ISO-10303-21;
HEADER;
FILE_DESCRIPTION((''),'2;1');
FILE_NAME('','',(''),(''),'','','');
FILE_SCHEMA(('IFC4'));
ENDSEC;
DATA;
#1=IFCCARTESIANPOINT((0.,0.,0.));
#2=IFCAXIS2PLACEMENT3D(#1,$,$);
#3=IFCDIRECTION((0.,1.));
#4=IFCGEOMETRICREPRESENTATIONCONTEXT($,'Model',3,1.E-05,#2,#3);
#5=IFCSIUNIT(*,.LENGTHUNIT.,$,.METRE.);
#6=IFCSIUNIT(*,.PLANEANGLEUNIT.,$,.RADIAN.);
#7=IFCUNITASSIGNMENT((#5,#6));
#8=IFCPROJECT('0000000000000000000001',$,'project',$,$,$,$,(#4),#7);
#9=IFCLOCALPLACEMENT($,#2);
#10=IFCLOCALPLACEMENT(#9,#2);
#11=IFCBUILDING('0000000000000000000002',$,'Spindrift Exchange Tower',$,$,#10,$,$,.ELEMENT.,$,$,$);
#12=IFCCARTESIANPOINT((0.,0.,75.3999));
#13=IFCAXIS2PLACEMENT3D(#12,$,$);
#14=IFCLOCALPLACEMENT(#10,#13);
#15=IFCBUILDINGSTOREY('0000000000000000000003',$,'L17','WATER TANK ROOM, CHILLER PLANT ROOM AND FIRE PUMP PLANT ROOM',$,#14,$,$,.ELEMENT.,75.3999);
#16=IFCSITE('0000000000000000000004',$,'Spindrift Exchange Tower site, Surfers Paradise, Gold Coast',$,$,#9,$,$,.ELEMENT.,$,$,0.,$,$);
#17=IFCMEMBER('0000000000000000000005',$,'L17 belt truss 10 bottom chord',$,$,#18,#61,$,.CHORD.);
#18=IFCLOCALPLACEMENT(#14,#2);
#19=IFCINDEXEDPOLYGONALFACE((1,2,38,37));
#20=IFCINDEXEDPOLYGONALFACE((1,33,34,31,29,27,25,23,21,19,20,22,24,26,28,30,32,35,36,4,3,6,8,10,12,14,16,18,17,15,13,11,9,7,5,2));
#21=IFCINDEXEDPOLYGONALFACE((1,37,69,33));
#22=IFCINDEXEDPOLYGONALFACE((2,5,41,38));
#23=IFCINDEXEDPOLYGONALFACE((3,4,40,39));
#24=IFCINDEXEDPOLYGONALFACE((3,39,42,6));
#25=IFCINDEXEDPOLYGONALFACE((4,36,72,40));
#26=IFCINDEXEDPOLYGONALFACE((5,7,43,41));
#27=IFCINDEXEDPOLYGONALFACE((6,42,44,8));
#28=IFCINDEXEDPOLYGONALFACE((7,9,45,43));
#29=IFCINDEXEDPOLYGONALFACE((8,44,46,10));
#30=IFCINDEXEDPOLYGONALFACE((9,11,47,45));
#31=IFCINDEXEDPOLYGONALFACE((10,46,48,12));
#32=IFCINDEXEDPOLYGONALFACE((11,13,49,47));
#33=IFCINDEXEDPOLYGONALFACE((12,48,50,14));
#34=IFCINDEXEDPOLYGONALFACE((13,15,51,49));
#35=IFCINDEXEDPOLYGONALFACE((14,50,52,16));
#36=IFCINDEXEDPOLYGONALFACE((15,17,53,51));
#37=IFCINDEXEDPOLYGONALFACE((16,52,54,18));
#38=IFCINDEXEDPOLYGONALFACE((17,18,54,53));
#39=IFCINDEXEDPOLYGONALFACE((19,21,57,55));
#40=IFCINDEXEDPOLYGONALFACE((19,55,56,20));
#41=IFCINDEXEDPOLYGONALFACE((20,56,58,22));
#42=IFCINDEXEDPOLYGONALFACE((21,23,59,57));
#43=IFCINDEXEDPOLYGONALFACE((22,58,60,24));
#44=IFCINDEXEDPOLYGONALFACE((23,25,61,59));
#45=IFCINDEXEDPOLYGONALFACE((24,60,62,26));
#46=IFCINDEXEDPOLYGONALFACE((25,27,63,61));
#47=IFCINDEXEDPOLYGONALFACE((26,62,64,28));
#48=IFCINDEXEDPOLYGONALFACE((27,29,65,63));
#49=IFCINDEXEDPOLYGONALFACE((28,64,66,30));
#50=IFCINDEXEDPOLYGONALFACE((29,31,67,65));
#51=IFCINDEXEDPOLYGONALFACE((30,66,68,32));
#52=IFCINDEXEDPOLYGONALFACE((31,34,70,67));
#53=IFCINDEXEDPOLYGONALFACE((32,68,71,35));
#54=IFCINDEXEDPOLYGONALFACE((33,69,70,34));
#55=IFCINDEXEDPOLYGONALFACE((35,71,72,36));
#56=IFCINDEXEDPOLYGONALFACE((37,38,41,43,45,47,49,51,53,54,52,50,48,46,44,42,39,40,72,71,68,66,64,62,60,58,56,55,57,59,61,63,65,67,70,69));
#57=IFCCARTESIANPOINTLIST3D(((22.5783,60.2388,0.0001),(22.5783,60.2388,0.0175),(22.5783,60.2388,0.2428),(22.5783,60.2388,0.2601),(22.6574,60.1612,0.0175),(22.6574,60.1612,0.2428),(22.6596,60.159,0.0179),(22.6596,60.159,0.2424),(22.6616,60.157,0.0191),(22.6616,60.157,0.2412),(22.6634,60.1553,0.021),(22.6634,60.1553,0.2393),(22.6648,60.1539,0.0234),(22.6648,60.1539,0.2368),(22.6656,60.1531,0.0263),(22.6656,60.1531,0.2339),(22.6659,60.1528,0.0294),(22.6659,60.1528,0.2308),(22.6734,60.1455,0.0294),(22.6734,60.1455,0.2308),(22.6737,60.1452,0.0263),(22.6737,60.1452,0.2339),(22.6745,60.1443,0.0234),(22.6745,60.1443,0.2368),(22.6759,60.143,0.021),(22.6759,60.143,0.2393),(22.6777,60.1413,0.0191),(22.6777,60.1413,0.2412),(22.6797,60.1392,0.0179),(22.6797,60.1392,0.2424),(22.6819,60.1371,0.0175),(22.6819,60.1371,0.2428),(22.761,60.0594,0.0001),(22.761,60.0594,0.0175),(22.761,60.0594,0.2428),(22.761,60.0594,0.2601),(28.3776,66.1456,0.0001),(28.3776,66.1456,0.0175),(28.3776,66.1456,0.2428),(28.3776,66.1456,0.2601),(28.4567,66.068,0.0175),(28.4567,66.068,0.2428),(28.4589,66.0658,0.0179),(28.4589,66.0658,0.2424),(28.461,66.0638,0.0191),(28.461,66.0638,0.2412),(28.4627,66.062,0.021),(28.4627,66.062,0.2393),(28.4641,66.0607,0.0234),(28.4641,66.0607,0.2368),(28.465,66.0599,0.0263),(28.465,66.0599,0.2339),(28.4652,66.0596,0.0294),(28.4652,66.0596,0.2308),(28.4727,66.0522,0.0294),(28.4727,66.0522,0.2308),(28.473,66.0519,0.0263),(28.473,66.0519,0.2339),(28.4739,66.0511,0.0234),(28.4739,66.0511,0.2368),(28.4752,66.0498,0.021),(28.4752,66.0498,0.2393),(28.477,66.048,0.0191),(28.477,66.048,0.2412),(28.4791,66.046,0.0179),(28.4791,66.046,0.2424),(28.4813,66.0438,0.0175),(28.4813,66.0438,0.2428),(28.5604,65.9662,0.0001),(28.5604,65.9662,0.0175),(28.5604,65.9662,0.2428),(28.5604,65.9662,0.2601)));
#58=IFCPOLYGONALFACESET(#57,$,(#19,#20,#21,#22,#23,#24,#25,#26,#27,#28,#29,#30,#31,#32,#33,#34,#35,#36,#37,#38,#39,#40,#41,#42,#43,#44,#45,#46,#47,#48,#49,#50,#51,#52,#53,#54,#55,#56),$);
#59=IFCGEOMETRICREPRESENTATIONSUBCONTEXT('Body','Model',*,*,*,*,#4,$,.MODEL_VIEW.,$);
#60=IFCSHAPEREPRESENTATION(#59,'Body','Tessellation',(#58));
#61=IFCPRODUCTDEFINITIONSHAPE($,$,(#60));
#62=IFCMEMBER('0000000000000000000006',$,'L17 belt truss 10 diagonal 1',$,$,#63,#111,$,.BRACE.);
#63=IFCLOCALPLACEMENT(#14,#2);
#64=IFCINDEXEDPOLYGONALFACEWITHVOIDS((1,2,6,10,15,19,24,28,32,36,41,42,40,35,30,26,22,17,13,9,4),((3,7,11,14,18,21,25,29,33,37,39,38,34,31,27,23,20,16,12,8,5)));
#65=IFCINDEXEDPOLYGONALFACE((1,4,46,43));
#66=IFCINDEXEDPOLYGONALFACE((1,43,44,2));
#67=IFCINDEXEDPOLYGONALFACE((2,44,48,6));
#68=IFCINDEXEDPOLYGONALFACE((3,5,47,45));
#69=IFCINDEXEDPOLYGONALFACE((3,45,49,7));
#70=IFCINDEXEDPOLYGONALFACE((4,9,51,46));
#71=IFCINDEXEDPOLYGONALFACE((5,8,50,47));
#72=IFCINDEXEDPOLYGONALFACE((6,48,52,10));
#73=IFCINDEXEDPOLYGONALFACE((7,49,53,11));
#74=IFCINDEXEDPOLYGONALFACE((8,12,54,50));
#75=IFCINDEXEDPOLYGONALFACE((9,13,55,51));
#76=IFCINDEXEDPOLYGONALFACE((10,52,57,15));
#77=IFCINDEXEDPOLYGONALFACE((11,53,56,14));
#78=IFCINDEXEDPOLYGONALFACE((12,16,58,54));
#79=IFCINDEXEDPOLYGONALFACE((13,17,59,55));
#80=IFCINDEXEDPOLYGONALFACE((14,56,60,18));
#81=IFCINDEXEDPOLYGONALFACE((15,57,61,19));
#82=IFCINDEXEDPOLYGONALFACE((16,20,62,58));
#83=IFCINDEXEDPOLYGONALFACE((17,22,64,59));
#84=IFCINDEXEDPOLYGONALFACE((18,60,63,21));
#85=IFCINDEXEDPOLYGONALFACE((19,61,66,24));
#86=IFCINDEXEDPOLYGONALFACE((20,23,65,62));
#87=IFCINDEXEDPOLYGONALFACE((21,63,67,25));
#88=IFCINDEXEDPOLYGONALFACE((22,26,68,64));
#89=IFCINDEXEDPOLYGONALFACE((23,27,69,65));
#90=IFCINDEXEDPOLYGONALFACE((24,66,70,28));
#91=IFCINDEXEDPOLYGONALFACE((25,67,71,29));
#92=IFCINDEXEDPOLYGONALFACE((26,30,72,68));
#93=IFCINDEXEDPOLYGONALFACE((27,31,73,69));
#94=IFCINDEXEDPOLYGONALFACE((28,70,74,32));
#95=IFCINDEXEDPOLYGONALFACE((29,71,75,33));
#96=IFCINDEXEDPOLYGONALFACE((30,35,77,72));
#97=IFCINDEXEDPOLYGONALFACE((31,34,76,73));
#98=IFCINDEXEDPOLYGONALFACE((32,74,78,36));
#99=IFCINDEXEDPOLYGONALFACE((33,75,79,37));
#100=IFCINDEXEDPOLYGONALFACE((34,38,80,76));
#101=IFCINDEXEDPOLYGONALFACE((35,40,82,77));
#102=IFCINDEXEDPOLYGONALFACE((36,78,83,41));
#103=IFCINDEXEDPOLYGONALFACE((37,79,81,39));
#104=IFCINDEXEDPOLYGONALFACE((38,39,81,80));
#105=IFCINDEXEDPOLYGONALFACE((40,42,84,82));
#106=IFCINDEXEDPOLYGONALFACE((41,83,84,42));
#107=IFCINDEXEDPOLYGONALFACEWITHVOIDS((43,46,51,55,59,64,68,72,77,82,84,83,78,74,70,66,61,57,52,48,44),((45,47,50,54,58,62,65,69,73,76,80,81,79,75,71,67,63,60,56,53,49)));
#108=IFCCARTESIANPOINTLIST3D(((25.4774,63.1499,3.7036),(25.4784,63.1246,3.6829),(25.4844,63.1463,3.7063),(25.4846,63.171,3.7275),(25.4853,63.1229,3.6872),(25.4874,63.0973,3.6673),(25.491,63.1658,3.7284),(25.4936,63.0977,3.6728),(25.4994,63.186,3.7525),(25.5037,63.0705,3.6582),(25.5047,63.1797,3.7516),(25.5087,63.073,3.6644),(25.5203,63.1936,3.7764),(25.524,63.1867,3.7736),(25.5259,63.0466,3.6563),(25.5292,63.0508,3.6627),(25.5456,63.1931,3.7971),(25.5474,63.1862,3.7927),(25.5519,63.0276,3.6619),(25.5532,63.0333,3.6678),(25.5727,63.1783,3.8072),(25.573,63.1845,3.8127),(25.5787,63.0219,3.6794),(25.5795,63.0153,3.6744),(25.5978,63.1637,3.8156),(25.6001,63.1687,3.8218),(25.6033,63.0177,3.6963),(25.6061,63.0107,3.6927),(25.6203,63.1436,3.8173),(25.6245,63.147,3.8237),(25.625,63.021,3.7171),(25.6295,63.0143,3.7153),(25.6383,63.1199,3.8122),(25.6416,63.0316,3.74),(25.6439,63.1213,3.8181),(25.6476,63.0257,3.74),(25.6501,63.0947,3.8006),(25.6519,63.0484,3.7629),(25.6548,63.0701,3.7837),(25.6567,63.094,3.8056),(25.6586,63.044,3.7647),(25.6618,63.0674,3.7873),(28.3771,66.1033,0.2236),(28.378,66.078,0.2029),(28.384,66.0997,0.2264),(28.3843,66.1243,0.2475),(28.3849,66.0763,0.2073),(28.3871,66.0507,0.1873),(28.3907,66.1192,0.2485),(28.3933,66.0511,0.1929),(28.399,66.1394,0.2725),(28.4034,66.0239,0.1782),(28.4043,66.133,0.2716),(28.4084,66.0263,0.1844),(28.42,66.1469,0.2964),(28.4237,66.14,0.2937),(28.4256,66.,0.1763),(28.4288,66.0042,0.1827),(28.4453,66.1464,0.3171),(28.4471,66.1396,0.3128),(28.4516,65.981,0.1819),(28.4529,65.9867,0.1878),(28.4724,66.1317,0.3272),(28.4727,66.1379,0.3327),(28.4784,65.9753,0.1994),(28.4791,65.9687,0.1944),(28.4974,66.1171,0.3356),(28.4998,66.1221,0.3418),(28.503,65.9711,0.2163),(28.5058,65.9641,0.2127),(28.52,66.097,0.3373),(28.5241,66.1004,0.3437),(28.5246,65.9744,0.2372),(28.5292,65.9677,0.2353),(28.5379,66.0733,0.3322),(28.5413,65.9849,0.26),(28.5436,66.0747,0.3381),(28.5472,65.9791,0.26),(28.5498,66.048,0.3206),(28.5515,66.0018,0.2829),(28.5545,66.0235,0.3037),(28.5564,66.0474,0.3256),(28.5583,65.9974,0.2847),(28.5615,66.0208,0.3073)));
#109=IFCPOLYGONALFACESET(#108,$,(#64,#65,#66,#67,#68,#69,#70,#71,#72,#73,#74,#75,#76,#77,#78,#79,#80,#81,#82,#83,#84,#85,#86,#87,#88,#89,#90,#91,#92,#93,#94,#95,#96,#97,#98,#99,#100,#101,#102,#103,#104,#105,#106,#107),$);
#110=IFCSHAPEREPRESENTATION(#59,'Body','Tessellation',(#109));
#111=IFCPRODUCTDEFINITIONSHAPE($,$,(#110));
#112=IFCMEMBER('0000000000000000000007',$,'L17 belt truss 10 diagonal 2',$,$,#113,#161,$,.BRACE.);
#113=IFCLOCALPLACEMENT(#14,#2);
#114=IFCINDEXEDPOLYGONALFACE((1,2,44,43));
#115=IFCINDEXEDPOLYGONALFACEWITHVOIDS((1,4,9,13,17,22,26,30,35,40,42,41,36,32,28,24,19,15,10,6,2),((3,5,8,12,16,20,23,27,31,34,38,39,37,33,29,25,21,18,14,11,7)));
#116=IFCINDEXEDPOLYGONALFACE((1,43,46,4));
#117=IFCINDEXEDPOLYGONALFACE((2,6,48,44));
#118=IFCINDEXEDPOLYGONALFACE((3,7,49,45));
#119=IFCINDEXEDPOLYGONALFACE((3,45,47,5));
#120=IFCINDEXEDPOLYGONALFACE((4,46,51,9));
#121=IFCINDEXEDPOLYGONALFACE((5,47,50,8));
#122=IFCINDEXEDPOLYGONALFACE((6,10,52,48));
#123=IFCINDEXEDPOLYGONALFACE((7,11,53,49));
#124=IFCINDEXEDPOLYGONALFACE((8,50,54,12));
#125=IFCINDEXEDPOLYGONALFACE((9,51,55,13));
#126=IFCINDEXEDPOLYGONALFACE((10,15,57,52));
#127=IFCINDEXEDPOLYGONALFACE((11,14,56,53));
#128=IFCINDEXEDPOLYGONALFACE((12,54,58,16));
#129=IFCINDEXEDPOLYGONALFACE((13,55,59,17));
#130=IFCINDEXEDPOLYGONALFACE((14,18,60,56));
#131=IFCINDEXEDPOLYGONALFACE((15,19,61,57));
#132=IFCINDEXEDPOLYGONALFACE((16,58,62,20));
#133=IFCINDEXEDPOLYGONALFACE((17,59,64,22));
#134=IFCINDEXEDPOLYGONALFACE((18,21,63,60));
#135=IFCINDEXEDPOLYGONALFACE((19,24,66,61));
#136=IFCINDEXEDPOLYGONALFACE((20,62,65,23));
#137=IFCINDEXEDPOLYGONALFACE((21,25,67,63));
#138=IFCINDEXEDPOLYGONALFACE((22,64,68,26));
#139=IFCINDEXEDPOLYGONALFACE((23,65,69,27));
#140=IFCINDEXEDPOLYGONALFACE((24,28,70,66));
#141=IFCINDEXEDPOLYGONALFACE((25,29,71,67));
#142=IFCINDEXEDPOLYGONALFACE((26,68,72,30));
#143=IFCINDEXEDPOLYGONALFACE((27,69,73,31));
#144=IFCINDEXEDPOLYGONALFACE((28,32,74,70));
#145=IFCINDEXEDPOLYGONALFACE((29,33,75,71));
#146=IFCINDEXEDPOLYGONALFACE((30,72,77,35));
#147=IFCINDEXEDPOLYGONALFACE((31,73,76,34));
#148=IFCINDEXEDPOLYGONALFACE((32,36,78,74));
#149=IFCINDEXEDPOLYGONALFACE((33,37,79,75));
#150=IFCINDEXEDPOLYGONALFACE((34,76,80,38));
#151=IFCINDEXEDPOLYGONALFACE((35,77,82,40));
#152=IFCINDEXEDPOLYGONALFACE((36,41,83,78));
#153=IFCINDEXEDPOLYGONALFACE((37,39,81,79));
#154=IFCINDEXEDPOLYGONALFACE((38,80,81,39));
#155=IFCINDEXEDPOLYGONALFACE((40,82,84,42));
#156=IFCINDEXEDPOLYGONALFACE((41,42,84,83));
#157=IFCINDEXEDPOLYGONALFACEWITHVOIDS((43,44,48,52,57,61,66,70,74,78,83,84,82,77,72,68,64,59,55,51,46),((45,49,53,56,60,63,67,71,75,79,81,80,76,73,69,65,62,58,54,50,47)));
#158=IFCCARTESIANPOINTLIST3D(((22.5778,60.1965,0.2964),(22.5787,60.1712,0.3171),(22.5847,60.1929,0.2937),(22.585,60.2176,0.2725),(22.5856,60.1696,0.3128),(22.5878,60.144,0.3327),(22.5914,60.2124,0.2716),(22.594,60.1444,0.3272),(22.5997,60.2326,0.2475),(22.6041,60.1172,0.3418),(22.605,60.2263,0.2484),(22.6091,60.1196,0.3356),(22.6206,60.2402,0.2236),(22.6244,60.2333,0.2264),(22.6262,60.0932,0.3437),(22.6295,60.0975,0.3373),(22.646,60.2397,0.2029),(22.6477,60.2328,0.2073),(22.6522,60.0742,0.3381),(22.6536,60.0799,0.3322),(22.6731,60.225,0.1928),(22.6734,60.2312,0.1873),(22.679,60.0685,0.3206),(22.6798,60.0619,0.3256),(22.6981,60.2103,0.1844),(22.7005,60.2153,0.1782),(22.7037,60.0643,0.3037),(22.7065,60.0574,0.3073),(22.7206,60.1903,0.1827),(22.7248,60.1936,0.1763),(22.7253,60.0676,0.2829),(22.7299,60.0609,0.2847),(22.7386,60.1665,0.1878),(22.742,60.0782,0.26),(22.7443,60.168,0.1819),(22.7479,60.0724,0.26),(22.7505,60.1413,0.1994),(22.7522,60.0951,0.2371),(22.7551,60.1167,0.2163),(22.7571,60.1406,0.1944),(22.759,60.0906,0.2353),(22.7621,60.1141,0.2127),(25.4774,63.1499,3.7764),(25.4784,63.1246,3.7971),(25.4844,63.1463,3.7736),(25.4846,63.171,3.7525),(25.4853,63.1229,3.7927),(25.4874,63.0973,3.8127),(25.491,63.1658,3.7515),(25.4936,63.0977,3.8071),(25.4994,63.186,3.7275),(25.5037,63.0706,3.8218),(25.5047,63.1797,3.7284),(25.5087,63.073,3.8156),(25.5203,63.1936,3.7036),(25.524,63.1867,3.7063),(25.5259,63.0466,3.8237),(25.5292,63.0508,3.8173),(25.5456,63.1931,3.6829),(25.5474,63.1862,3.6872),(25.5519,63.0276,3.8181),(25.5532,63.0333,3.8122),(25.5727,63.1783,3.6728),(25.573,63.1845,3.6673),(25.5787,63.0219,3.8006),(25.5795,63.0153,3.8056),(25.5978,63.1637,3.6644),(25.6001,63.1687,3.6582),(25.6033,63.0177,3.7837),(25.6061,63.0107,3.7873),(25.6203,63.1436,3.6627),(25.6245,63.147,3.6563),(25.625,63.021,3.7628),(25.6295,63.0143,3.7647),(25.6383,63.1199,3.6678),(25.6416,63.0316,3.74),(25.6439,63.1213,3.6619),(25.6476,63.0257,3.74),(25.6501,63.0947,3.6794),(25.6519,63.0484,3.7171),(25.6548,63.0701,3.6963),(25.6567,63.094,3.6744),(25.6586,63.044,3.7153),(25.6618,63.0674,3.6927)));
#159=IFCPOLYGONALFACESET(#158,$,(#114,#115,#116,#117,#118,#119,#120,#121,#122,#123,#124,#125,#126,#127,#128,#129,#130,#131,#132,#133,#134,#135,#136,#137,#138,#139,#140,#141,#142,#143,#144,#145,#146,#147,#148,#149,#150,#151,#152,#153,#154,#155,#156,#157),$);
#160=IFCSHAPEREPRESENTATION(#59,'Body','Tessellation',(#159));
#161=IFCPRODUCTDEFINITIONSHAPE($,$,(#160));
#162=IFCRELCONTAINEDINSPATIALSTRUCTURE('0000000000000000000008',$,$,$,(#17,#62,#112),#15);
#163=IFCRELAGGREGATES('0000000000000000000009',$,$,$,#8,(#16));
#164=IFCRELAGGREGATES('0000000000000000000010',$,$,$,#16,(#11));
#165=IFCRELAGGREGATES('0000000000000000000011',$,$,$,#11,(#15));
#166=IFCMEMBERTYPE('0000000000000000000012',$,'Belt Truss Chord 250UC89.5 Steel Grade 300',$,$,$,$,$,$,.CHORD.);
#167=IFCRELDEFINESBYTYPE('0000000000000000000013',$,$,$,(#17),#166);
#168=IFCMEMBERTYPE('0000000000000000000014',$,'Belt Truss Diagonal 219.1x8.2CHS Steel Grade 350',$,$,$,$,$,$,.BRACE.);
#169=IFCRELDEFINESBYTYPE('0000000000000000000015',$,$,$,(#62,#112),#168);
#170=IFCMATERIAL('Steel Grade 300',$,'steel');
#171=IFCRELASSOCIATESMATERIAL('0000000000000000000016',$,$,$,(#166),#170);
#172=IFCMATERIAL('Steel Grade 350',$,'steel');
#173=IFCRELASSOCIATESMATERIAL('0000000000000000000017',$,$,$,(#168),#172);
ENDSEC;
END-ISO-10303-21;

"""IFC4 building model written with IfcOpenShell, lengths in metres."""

from ifc_helpers import new_model, si_unit, direction, frame, origin, origin_2d, place, context, subcontext, project, spatial, hollow_circle, i_section, extrude, source, transform, mapped, material, material_profile, profile_set, type_object, element, save


model = new_model("IFC4")

# Units and contexts
model_context = context("Model", 3, precision=1e-05, world=origin(), true_north=direction((0.0, 1.0)))
body_context = subcontext(model_context, "Body", "Model", "MODEL_VIEW")
ifc_project = project(units=[si_unit("LENGTHUNIT", "METRE"), si_unit("PLANEANGLEUNIT", "RADIAN")], contexts=[model_context])

# Site, building, storey
site_placement = place(None, origin())
site = spatial("IfcSite", under=ifc_project, at=site_placement, Name="Spindrift Exchange Tower site, Surfers Paradise, Gold Coast", CompositionType="ELEMENT", RefElevation=0.0)
building_placement = place(site_placement, origin())
building = spatial("IfcBuilding", under=site, at=building_placement, Name="Spindrift Exchange Tower", CompositionType="ELEMENT")
storey_placement = place(building_placement, frame((0.0, 0.0, 75.3999)))
storey = spatial("IfcBuildingStorey", under=building, at=storey_placement, Name="L17", Description="WATER TANK ROOM, CHILLER PLANT ROOM AND FIRE PUMP PLANT ROOM", CompositionType="ELEMENT", Elevation=75.3999)

# Members
ifc_material_1 = material(Name="Steel Grade 300", Category="steel")
ifc_material_profile_1 = material_profile(ifc_material_1, i_section(OverallWidth=0.2561, OverallDepth=0.26, WebThickness=0.0105, FlangeThickness=0.0173, FilletRadius=0.012, at=origin_2d()), Name="250UC89.5")
ifc_profile_set_1 = profile_set([ifc_material_profile_1], Name="Steel Grade 300")
member_type_1 = type_object("IfcMemberType", Name="Belt Truss Chord 250UC89.5 Steel Grade 300", PredefinedType="CHORD", material=ifc_profile_set_1)
shared_shape_1 = source(origin(), body_context, "Body", "SweptSolid", [
    extrude(i_section(OverallWidth=0.2561, OverallDepth=0.26, WebThickness=0.0105, FlangeThickness=0.0173, FilletRadius=0.012, at=origin_2d()), origin(), (0.0, 0.0, 1.0), 8.2778),
])
for number, where, z_axis, x_axis, name in (
    (1, (28.469, 66.0559, 0.1301), (-0.700588, -0.713566, 0.0), (0.713566, -0.700588, 0.0), "L17 belt truss 10 bottom chord"),
):
    element("IfcMember", number, at=place(storey_placement, frame(where, z_axis=z_axis, x_axis=x_axis)), inside=storey, type_object=member_type_1, Name=name, PredefinedType="CHORD", context=body_context, shape_type="MappedRepresentation", body=[
        mapped(shared_shape_1, transform((0.0, 0.0, 0.0), scale=1.0)),
    ])
ifc_material_2 = material(Name="Steel Grade 350", Category="steel")
ifc_material_profile_2 = material_profile(ifc_material_2, hollow_circle(Radius=0.1096, WallThickness=0.0083, at=origin_2d()), Name="219.1x8.2CHS")
ifc_profile_set_2 = profile_set([ifc_material_profile_2], Name="Steel Grade 350")
member_type_2 = type_object("IfcMemberType", Name="Belt Truss Diagonal 219.1x8.2CHS Steel Grade 350", PredefinedType="BRACE", material=ifc_profile_set_2)
shared_shape_2 = source(origin(), body_context, "Body", "SweptSolid", [
    extrude(hollow_circle(Radius=0.1096, WallThickness=0.0083, at=origin_2d()), origin(), (0.0, 0.0, 1.0), 5.4075),
])
for number, where, z_axis, x_axis, name in (
    (2, (28.469, 66.0559, 0.26), (-0.536233, -0.546165, 0.643551), (0.713566, -0.700588, 0.0), "L17 belt truss 10 diagonal 1"),
    (3, (25.5693, 63.1025, 3.74), (-0.536233, -0.546165, -0.643551), (0.713566, -0.700588, 0.0), "L17 belt truss 10 diagonal 2"),
):
    element("IfcMember", number, at=place(storey_placement, frame(where, z_axis=z_axis, x_axis=x_axis)), inside=storey, type_object=member_type_2, Name=name, PredefinedType="BRACE", context=body_context, shape_type="MappedRepresentation", body=[
        mapped(shared_shape_2, transform((0.0, 0.0, 0.0), scale=1.0)),
    ])

save(model, "model.ifc")
